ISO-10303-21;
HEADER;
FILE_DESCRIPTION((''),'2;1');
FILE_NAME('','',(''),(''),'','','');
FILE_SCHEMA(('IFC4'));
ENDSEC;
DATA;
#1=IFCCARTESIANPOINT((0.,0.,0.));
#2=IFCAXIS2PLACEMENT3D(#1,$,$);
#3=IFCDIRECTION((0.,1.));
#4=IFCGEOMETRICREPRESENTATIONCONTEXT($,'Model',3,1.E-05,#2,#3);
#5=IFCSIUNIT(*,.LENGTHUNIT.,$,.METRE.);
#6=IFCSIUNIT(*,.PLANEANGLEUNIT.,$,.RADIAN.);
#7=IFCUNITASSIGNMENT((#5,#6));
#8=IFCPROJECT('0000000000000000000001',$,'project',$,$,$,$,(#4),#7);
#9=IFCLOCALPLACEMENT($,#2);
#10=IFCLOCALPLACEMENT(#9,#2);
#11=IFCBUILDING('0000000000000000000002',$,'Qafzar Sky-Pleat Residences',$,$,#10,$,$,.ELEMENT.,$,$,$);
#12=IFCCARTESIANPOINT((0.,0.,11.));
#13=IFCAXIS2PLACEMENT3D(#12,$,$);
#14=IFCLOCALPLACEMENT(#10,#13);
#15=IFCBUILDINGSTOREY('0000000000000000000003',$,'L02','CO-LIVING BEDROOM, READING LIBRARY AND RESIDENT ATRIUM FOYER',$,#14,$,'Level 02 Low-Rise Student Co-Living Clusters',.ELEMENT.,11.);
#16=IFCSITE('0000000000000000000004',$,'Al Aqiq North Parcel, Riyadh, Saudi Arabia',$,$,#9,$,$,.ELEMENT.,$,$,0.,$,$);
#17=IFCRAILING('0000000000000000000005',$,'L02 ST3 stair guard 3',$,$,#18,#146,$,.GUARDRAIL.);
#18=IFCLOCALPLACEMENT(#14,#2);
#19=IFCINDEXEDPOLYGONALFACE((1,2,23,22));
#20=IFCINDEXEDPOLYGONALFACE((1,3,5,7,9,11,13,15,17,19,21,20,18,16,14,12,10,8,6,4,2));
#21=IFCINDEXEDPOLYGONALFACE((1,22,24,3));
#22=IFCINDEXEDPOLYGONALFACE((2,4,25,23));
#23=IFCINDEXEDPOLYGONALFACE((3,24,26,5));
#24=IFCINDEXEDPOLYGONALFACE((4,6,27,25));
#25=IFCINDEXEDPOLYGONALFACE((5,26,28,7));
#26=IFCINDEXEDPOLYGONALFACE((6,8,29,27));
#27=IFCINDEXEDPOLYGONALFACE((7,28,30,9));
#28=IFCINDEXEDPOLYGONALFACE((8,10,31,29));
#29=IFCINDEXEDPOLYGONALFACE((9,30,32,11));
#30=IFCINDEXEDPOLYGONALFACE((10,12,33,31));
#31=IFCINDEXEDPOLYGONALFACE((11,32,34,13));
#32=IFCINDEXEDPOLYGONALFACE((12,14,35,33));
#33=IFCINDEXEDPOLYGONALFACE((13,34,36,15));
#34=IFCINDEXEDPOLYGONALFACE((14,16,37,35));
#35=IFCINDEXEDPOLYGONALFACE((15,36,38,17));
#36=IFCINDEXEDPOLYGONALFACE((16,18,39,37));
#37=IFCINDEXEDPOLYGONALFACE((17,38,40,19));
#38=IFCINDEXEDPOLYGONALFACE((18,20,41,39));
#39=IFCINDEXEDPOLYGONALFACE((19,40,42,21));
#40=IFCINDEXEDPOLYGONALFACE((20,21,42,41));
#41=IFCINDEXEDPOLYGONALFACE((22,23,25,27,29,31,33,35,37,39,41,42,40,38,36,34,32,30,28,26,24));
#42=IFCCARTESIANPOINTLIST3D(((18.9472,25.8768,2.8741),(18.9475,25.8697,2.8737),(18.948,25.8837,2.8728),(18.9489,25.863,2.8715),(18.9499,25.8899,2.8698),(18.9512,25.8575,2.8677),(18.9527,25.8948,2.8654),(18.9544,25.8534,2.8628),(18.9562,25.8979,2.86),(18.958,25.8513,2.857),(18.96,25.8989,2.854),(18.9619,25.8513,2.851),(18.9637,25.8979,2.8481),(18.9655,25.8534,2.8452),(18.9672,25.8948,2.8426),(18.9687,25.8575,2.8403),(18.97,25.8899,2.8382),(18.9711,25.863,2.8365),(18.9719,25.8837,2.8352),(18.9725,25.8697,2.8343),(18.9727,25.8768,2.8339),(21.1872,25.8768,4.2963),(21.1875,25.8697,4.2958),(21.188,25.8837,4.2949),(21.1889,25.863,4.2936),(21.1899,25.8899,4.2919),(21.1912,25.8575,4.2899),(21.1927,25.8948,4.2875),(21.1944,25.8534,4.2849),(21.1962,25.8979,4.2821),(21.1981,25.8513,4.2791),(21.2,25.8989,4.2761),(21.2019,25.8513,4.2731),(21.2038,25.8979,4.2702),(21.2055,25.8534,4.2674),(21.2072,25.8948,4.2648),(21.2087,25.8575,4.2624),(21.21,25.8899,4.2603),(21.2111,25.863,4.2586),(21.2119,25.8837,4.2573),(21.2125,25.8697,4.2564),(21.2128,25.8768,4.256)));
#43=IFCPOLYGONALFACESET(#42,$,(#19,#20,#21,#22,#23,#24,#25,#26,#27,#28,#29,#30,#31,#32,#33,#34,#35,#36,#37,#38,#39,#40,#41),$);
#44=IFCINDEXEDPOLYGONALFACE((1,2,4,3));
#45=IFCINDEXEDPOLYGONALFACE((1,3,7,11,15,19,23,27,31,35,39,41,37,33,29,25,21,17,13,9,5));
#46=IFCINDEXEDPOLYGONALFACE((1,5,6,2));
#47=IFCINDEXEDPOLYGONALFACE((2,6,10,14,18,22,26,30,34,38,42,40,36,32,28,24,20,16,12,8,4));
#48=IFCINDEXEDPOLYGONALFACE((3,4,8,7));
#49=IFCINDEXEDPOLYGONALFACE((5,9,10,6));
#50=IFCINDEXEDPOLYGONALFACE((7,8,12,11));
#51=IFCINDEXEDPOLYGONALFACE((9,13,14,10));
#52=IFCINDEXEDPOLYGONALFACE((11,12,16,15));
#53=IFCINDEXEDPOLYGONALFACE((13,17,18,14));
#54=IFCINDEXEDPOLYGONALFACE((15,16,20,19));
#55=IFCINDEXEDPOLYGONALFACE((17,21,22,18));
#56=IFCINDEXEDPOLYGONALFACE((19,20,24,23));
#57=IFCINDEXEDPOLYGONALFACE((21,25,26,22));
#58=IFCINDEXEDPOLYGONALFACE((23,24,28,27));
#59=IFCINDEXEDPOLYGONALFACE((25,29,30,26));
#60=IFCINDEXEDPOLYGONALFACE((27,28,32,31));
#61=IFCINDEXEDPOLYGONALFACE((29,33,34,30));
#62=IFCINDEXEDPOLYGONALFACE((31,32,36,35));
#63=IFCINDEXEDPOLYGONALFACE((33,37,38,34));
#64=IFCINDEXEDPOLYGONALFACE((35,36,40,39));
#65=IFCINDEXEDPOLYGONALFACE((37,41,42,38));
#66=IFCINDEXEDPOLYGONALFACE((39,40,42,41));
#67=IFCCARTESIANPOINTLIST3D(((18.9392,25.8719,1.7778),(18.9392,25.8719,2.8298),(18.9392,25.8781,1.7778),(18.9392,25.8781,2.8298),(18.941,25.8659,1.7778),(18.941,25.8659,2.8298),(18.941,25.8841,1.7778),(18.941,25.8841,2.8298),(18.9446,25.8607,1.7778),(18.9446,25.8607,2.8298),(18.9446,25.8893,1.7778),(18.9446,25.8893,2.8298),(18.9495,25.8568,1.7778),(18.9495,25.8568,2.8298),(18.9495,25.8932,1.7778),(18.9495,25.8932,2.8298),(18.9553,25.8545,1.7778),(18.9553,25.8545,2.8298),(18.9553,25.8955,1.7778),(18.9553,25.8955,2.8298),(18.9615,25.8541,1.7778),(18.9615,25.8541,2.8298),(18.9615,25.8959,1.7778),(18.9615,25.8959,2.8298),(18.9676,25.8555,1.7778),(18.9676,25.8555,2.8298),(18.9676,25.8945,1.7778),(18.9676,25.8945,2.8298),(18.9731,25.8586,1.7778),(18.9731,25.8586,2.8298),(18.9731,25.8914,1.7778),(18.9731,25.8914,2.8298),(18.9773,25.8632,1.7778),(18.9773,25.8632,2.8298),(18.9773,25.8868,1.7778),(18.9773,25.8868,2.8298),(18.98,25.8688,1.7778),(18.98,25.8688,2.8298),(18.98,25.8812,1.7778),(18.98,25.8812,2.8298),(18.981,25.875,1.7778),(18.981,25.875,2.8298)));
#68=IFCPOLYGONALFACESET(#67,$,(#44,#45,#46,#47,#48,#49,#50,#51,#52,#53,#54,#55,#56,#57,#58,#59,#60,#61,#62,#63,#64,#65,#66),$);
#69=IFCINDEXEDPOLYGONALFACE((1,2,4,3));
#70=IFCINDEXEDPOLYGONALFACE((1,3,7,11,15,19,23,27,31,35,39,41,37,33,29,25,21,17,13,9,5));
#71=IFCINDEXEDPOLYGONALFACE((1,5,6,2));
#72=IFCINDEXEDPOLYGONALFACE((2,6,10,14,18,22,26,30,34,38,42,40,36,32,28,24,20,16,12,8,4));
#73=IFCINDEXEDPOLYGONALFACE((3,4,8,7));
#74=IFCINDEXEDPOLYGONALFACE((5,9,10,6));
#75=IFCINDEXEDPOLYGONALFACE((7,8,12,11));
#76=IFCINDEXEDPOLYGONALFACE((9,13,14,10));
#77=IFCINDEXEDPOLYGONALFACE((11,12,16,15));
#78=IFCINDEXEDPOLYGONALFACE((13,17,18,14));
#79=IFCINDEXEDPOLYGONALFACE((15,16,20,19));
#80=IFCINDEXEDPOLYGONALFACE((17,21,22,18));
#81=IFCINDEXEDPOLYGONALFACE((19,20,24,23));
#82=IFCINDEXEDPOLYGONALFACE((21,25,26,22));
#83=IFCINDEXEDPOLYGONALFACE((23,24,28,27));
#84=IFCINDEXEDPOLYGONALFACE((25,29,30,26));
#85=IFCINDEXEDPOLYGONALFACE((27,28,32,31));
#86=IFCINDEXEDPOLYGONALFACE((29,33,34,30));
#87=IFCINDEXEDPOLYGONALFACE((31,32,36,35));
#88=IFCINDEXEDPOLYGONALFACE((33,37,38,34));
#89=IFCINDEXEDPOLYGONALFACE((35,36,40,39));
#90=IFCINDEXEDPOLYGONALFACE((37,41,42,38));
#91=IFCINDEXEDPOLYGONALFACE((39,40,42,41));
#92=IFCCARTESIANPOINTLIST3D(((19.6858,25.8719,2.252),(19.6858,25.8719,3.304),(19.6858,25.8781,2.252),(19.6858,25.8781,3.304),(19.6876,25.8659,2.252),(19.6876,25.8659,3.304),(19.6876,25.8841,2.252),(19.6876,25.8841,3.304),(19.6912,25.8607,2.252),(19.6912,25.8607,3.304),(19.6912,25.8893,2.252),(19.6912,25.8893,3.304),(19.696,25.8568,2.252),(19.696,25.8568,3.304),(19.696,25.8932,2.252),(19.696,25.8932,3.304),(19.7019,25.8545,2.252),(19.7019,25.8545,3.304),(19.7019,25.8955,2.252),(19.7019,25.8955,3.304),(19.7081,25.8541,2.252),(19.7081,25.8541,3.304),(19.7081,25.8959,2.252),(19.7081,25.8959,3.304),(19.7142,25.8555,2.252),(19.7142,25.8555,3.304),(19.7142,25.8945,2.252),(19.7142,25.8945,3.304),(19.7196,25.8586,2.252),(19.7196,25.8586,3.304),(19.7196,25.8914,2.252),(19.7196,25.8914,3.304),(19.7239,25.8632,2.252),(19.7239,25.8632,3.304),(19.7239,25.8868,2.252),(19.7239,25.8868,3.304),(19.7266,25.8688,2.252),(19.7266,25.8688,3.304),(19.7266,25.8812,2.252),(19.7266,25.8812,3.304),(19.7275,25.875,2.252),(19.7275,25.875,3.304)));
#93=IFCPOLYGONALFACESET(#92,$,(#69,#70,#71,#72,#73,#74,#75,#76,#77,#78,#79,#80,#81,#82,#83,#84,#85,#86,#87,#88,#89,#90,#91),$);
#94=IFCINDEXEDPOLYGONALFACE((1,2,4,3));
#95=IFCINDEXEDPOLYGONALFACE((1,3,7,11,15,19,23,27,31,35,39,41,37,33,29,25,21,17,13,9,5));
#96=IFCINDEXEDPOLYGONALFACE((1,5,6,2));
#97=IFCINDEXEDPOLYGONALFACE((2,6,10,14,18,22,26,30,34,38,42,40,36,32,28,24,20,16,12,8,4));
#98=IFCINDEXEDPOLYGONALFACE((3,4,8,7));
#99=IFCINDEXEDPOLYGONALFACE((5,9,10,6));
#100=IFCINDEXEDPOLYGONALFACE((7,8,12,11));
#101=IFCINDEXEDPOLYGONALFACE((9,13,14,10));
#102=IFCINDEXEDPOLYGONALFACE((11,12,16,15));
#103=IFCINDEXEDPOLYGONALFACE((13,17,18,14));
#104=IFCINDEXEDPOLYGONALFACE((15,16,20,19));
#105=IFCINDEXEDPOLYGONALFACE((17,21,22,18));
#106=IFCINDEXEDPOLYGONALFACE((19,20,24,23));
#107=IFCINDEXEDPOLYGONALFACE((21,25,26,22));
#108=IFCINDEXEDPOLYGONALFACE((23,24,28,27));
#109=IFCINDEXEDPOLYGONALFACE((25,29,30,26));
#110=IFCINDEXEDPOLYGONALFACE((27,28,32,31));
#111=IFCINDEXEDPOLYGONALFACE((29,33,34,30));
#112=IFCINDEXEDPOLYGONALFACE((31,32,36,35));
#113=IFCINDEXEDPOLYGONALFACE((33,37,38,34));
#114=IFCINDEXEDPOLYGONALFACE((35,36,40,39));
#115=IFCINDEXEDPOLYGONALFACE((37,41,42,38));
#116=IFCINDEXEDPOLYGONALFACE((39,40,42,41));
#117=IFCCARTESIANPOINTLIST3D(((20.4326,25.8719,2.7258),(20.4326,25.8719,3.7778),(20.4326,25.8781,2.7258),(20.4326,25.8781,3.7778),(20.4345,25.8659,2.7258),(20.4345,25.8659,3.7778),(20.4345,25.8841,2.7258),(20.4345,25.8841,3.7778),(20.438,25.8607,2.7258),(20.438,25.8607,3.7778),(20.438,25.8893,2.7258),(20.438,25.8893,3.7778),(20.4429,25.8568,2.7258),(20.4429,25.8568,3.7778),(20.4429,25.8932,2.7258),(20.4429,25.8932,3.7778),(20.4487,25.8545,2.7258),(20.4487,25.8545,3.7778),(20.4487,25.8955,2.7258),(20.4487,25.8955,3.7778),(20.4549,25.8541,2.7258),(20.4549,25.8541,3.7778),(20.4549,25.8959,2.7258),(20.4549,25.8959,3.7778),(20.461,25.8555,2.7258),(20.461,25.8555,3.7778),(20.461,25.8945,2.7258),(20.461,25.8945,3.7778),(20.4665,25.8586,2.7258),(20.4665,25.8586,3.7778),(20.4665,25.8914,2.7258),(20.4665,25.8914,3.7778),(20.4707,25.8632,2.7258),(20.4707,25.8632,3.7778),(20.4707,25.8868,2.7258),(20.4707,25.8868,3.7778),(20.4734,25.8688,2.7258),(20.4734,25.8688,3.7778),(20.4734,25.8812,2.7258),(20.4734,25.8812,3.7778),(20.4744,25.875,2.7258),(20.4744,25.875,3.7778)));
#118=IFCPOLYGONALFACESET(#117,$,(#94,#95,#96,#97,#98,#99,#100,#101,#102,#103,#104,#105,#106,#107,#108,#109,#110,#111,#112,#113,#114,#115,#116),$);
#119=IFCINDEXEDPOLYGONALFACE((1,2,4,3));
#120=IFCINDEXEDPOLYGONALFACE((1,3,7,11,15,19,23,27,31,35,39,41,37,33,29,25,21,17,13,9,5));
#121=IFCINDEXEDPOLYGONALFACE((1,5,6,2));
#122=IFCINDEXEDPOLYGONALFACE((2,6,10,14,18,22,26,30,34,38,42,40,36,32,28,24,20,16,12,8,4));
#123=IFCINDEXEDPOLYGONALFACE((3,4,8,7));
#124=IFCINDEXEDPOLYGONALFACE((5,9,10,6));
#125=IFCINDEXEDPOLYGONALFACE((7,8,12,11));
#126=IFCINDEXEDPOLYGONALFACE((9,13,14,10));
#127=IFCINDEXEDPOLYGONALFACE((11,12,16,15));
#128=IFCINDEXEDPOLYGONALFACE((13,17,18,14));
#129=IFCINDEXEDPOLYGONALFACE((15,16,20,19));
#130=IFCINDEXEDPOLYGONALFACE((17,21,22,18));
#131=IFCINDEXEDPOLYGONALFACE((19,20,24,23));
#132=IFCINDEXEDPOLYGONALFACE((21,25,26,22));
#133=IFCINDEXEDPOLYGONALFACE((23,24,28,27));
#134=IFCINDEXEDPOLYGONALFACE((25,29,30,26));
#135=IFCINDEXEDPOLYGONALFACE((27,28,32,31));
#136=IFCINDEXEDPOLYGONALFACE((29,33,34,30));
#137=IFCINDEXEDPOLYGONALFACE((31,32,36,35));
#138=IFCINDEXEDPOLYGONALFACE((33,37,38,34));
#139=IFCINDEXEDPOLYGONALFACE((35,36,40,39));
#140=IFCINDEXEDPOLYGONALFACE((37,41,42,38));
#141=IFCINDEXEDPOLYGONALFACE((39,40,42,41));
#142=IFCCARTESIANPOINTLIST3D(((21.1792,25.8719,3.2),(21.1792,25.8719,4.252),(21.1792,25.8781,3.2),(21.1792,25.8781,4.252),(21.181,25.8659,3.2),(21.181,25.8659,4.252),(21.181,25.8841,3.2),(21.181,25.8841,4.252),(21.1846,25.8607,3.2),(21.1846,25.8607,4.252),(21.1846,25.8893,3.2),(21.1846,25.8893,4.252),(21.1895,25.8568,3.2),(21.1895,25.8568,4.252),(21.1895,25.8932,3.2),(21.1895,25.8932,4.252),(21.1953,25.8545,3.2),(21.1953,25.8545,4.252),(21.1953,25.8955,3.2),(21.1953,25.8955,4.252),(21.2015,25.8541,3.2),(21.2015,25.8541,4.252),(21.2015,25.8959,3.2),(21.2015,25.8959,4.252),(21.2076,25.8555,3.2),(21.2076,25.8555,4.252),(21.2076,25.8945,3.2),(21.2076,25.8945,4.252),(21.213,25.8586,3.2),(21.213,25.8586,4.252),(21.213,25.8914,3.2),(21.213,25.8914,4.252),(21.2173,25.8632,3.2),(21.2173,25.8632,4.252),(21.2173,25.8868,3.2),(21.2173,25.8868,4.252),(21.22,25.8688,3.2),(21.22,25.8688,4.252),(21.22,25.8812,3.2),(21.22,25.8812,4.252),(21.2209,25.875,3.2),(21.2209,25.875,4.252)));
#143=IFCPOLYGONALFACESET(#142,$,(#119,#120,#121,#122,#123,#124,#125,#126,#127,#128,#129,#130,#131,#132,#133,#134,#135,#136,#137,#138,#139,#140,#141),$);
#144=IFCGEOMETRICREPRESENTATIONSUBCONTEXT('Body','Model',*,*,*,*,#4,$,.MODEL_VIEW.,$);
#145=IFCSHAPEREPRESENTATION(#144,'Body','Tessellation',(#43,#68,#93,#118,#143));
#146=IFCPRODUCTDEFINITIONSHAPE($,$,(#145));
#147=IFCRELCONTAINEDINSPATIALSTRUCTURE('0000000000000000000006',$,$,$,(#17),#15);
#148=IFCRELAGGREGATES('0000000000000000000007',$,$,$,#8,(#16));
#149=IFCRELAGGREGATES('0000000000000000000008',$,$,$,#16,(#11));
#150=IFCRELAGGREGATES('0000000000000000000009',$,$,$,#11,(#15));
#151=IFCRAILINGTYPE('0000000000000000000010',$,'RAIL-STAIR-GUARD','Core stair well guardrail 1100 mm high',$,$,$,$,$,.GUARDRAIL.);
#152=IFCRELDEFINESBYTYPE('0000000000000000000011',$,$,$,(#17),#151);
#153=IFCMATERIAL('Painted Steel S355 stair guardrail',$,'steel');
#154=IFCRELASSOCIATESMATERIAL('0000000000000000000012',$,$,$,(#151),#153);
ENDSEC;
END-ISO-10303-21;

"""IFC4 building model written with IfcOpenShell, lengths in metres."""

from ifc_helpers import new_model, si_unit, direction, frame, origin, origin_2d, place, context, subcontext, project, spatial, circle, extrude, source, transform, mapped, material, type_object, element, save


model = new_model("IFC4")

# Units and contexts
model_context = context("Model", 3, precision=1e-05, world=origin(), true_north=direction((0.0, 1.0)))
body_context = subcontext(model_context, "Body", "Model", "MODEL_VIEW")
ifc_project = project(units=[si_unit("LENGTHUNIT", "METRE"), si_unit("PLANEANGLEUNIT", "RADIAN")], contexts=[model_context])

# Site, building, storey
site_placement = place(None, origin())
site = spatial("IfcSite", under=ifc_project, at=site_placement, Name="Al Aqiq North Parcel, Riyadh, Saudi Arabia", CompositionType="ELEMENT", RefElevation=0.0)
building_placement = place(site_placement, origin())
building = spatial("IfcBuilding", under=site, at=building_placement, Name="Qafzar Sky-Pleat Residences", CompositionType="ELEMENT")
storey_placement = place(building_placement, frame((0.0, 0.0, 11.0)))
storey = spatial("IfcBuildingStorey", under=building, at=storey_placement, Name="L02", Description="CO-LIVING BEDROOM, READING LIBRARY AND RESIDENT ATRIUM FOYER", LongName="Level 02 Low-Rise Student Co-Living Clusters", CompositionType="ELEMENT", Elevation=11.0)

# Railing
ifc_material_1 = material(Name="Painted Steel S355 stair guardrail", Category="steel")
railing_type = type_object("IfcRailingType", Name="RAIL-STAIR-GUARD", Description="Core stair well guardrail 1100 mm high", PredefinedType="GUARDRAIL", material=ifc_material_1)
shared_shape_1 = source(origin(), body_context, "Body", "SweptSolid", [
    extrude(circle(Radius=0.0239, at=origin_2d()), frame((0.0, 0.0, 1.0762), z_axis=(0.844229, 0.0, 0.535982), x_axis=(0.0, 1.0, 0.0)), (0.0, 0.0, 1.0), 2.6533),
    extrude(circle(Radius=0.021, at=origin_2d()), origin(), (0.0, 0.0, 1.0), 1.052),
    extrude(circle(Radius=0.021, at=origin_2d()), frame((0.7466, 0.0, 0.4741)), (0.0, 0.0, 1.0), 1.052),
    extrude(circle(Radius=0.021, at=origin_2d()), frame((1.4934, 0.0, 0.948)), (0.0, 0.0, 1.0), 1.052),
    extrude(circle(Radius=0.021, at=origin_2d()), frame((2.24, 0.0, 1.4221)), (0.0, 0.0, 1.0), 1.052),
])
railing_1_placement = place(storey_placement, frame((18.96, 25.875, 1.7778)))
element("IfcRailing", 1, at=railing_1_placement, inside=storey, type_object=railing_type, Name="L02 ST3 stair guard 3", PredefinedType="GUARDRAIL", context=body_context, shape_type="MappedRepresentation", body=[
    mapped(shared_shape_1, transform((0.0, 0.0, 0.0), x_axis=(1.0, 0.0, 0.0), y_axis=(0.0, 1.0, 0.0), z_axis=(0.0, 0.0, 1.0), scale=1.0)),
])

save(model, "model.ifc")
